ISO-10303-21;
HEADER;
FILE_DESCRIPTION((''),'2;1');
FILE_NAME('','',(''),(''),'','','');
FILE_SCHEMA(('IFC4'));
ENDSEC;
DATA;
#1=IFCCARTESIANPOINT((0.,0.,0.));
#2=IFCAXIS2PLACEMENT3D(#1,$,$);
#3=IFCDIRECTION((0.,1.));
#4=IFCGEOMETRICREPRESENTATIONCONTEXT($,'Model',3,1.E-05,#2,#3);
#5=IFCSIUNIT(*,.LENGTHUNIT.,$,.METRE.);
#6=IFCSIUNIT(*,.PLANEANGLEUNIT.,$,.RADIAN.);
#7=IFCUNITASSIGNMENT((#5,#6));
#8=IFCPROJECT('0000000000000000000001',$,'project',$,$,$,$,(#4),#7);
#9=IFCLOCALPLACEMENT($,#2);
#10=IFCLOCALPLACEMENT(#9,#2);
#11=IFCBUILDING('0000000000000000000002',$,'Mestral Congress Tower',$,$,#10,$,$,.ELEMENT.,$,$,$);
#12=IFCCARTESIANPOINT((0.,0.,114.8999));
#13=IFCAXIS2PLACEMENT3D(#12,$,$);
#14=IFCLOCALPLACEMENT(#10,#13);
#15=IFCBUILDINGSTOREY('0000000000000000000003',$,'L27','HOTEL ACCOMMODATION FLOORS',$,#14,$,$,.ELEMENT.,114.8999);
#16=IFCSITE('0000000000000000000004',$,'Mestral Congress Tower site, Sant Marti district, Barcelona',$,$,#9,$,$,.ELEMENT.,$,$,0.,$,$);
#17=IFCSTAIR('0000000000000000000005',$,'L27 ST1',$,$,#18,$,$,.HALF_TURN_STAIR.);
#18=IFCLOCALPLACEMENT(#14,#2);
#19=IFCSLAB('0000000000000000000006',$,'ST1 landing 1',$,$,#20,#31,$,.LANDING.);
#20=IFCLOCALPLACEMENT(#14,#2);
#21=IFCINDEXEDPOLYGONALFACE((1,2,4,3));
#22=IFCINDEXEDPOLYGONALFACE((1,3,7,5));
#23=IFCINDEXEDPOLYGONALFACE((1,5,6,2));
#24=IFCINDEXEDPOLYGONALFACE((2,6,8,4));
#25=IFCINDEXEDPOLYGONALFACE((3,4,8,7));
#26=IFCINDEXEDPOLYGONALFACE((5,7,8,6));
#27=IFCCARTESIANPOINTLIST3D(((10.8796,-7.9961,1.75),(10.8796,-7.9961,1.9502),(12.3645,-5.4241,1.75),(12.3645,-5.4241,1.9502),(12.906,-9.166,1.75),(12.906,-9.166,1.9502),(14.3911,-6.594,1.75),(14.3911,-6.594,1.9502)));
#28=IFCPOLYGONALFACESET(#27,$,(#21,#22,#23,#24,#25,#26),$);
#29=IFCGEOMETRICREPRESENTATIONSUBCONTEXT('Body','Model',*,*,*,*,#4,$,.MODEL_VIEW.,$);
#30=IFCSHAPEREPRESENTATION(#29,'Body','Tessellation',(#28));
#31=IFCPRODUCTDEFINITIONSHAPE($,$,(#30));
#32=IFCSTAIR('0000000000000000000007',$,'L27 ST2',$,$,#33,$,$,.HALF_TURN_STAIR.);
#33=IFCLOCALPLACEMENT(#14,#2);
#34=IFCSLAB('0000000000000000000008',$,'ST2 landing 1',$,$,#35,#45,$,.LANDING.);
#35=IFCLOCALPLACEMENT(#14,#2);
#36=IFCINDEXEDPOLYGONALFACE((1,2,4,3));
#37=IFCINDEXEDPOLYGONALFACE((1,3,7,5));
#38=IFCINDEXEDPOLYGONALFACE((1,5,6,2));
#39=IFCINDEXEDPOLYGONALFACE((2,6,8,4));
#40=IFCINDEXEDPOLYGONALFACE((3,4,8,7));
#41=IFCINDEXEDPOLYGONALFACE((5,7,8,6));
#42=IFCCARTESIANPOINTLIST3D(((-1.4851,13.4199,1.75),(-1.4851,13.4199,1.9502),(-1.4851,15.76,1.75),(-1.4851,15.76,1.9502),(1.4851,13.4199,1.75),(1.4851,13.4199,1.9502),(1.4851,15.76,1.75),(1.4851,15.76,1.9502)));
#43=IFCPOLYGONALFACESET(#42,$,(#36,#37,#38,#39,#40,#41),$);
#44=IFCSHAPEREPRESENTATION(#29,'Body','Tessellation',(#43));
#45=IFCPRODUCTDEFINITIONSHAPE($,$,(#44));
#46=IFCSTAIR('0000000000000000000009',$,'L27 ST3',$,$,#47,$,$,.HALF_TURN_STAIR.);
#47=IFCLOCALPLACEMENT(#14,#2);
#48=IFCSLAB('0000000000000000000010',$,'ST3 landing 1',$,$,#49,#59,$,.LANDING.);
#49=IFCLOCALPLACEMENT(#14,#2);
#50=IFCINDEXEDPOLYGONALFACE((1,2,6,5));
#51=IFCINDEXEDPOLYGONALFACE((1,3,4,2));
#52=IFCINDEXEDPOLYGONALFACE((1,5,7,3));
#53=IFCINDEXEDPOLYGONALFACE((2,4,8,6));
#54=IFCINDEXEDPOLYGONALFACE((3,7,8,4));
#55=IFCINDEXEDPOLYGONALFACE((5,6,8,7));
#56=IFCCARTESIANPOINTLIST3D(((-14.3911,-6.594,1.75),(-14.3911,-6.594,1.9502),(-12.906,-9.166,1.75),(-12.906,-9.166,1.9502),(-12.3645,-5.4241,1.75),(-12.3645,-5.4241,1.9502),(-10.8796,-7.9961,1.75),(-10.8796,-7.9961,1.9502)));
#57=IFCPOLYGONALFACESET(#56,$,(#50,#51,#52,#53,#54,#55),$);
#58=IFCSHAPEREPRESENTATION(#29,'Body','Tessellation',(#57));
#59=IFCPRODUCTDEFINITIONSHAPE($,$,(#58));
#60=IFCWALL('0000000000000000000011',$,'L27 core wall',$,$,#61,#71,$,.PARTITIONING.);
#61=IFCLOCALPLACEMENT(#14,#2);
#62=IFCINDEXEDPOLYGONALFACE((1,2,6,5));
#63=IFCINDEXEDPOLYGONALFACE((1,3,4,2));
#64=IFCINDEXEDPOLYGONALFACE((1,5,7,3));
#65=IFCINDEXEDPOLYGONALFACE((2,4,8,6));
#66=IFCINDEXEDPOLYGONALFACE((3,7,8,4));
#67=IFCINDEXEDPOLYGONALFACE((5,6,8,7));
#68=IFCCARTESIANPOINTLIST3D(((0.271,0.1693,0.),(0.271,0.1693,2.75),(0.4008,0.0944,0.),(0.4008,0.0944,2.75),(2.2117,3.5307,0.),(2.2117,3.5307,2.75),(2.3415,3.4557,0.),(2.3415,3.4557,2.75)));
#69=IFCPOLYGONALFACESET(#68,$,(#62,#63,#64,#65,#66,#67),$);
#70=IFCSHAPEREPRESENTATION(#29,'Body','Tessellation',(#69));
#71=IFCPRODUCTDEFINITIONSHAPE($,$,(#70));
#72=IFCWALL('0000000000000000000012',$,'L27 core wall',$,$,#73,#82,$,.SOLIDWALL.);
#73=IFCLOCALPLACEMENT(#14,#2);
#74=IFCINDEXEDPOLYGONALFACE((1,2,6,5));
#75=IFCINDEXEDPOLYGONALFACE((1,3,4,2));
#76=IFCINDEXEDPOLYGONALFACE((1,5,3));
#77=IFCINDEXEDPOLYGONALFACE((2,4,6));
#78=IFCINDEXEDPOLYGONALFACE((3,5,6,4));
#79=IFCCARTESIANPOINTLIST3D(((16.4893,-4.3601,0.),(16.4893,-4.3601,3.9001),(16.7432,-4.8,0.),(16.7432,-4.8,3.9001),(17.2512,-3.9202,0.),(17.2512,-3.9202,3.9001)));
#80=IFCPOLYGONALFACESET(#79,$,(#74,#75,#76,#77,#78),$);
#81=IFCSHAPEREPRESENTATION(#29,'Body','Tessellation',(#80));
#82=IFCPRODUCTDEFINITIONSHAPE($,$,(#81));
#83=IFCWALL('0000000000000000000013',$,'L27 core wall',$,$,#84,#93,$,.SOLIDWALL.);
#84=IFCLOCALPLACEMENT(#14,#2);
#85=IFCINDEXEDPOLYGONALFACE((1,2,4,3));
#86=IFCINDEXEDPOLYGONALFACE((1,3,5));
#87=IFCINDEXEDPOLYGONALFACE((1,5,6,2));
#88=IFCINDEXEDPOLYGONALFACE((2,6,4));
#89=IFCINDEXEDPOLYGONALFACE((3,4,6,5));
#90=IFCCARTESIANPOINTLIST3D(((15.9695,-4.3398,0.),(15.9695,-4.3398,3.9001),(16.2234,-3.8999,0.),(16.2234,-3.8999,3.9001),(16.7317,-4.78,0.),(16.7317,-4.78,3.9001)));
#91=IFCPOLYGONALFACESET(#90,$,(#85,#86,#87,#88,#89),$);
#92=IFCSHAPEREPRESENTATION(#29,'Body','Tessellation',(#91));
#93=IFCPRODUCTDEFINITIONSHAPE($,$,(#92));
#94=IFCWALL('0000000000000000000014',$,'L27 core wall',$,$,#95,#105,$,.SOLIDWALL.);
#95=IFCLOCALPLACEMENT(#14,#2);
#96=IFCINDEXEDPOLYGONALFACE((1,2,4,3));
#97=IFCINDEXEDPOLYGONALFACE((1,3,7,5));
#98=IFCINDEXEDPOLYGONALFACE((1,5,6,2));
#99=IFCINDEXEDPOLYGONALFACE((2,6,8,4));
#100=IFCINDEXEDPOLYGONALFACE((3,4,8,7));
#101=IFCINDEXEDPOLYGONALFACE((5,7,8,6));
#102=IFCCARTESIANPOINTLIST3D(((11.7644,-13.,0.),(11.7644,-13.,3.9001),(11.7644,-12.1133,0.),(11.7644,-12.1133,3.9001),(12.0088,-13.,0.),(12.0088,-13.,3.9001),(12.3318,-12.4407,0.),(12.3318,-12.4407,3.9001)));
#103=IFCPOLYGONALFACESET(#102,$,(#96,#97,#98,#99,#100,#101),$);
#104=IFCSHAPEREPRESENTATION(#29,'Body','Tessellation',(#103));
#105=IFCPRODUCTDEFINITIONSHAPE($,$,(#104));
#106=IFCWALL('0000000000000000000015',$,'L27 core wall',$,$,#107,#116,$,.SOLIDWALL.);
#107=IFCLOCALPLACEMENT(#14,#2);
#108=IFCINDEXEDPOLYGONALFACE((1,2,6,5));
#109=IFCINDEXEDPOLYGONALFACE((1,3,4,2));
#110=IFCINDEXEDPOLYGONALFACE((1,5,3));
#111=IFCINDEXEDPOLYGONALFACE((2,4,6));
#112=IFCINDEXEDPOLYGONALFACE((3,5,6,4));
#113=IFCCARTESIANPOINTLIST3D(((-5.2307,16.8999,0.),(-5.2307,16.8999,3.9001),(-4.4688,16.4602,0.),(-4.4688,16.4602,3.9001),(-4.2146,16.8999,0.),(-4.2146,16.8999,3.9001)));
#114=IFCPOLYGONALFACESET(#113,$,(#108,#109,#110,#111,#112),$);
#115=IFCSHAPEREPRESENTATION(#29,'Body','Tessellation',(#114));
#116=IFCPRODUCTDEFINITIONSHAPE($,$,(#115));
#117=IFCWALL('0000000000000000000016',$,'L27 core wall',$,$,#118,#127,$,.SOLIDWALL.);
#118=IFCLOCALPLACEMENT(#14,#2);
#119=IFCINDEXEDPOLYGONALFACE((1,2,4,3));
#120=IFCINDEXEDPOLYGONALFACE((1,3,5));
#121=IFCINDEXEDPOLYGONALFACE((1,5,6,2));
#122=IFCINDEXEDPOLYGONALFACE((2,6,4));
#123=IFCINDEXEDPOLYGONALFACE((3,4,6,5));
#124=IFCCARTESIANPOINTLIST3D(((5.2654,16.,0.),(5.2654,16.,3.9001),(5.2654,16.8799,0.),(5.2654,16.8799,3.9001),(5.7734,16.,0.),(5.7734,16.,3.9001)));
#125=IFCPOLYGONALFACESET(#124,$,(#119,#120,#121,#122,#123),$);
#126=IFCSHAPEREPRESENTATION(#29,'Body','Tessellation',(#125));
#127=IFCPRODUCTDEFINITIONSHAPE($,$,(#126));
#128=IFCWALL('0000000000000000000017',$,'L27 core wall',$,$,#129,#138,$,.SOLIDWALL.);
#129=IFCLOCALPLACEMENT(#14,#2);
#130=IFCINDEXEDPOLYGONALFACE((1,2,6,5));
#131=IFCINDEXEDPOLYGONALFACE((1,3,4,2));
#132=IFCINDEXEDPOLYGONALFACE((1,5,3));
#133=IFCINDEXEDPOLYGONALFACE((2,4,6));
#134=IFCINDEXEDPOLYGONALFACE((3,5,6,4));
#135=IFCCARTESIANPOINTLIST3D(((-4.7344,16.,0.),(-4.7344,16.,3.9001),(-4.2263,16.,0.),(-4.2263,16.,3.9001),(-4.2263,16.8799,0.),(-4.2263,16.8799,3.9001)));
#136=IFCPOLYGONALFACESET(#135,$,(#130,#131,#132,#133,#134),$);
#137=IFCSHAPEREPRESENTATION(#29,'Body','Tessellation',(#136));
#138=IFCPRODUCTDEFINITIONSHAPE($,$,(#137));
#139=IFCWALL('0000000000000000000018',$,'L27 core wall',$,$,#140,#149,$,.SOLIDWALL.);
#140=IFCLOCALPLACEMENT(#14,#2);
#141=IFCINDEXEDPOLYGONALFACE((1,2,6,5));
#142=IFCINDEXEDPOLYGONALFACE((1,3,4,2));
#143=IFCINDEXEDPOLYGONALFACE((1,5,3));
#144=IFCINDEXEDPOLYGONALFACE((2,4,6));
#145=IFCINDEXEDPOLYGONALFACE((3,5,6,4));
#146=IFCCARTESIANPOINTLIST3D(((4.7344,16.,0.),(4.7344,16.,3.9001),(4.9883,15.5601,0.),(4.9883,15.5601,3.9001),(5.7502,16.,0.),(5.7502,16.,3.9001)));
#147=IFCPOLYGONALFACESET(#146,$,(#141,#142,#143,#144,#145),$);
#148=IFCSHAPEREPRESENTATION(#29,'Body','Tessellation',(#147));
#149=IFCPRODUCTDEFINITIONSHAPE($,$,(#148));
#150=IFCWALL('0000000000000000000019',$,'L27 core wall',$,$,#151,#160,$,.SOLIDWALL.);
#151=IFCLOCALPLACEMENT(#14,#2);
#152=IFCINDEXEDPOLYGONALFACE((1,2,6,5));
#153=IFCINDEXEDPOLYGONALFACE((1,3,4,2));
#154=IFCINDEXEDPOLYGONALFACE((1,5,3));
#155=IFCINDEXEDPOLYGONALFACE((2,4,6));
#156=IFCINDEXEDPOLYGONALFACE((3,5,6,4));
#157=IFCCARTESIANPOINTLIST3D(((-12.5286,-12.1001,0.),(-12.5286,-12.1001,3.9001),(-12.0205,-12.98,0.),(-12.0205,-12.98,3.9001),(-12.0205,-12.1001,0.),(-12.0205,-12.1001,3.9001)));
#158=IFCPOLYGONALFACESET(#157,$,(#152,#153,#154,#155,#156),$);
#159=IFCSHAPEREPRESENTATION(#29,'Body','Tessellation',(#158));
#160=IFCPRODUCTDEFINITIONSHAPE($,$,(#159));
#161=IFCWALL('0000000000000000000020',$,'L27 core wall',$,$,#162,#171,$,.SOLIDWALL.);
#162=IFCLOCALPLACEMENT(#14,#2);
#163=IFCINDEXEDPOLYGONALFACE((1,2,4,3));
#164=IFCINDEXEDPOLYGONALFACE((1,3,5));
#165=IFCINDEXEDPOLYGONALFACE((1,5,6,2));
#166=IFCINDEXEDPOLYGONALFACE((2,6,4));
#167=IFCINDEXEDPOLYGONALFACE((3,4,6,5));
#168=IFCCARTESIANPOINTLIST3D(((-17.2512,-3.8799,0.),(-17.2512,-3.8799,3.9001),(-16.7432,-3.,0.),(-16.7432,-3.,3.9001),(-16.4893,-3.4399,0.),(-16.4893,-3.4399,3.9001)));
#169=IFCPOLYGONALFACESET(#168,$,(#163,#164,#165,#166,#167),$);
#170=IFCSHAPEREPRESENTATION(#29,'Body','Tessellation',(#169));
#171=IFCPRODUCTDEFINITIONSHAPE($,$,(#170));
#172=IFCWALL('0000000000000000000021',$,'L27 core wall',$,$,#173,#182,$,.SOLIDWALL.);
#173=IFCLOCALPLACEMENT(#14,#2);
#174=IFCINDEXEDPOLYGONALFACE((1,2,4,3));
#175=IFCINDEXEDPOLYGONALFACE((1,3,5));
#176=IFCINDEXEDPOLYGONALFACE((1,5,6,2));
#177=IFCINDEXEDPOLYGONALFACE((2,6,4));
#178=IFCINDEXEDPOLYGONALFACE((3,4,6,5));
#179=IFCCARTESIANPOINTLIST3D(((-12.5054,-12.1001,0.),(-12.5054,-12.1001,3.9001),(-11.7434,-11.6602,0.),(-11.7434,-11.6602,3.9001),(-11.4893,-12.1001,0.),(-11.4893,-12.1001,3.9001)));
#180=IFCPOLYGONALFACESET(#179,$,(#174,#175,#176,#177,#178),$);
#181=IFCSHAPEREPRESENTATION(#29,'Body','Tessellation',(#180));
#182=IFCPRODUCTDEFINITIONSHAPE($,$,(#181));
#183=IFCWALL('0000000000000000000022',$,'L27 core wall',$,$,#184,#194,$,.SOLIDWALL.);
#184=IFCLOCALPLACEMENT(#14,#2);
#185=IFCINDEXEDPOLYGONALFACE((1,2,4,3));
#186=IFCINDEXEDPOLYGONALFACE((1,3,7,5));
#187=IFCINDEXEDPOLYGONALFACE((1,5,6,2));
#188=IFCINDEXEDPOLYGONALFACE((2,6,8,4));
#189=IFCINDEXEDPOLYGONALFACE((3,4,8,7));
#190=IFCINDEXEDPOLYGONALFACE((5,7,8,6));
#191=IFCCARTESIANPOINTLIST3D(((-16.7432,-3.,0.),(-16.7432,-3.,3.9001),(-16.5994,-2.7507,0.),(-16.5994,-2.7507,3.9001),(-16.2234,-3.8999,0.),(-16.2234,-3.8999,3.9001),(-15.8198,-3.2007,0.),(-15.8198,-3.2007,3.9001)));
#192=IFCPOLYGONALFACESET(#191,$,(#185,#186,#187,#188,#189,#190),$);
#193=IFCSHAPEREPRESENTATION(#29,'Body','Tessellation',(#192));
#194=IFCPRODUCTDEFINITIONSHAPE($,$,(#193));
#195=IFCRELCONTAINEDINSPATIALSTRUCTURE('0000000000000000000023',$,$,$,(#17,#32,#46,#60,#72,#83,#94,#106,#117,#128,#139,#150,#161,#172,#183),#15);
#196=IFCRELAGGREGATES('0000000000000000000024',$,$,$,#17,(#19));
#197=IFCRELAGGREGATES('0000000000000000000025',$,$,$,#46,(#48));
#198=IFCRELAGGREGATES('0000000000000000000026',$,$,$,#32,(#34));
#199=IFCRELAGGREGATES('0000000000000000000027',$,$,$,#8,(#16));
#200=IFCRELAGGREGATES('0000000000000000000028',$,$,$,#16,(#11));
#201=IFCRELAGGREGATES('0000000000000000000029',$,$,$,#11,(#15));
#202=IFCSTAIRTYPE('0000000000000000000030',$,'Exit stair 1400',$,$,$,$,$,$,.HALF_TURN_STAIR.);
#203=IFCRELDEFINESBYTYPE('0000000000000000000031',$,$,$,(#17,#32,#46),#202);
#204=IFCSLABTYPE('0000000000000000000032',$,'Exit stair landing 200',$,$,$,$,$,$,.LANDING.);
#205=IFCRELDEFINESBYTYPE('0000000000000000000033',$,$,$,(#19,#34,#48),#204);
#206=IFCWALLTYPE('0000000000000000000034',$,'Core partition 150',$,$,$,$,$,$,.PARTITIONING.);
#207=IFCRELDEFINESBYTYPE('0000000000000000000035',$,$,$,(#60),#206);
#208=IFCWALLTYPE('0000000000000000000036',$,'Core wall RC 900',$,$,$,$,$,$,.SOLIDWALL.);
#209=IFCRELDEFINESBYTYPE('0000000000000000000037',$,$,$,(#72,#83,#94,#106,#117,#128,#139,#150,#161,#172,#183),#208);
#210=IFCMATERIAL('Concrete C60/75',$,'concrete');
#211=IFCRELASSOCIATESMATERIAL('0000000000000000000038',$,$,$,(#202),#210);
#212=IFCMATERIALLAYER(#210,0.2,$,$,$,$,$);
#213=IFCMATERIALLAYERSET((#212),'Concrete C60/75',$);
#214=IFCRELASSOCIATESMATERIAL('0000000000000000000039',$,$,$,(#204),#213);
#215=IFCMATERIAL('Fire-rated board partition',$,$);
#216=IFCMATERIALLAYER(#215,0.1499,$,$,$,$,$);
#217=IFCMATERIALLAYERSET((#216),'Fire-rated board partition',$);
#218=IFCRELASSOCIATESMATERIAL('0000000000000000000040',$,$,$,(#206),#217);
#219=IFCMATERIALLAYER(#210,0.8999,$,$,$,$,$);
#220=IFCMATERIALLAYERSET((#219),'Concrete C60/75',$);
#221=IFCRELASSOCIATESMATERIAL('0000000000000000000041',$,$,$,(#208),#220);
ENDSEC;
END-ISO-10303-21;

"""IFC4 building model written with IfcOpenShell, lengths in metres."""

from ifc_helpers import new_model, si_unit, direction, frame, frame_2d, origin, place, context, subcontext, project, spatial, polyline, rectangle, outline, extrude, material, layer, layer_set, type_object, element, aggregate, save


model = new_model("IFC4")

# Units and contexts
model_context = context("Model", 3, precision=1e-05, world=origin(), true_north=direction((0.0, 1.0)))
body_context = subcontext(model_context, "Body", "Model", "MODEL_VIEW")
ifc_project = project(units=[si_unit("LENGTHUNIT", "METRE"), si_unit("PLANEANGLEUNIT", "RADIAN")], contexts=[model_context])

# Site, building, storey
site_placement = place(None, origin())
site = spatial("IfcSite", under=ifc_project, at=site_placement, Name="Mestral Congress Tower site, Sant Marti district, Barcelona", CompositionType="ELEMENT", RefElevation=0.0)
building_placement = place(site_placement, origin())
building = spatial("IfcBuilding", under=site, at=building_placement, Name="Mestral Congress Tower", CompositionType="ELEMENT")
storey_placement = place(building_placement, frame((0.0, 0.0, 114.8999)))
storey = spatial("IfcBuildingStorey", under=building, at=storey_placement, Name="L27", Description="HOTEL ACCOMMODATION FLOORS", CompositionType="ELEMENT", Elevation=114.8999)

# Shared definitions
ifc_material_1 = material(Name="Concrete C60/75", Category="concrete")

# Stairs, slabs
stair_type = type_object("IfcStairType", Name="Exit stair 1400", PredefinedType="HALF_TURN_STAIR", material=ifc_material_1)
placement_1 = place(storey_placement, origin())
stair_1 = element("IfcStair", 1, at=placement_1, inside=storey, type_object=stair_type, Name="L27 ST1", PredefinedType="HALF_TURN_STAIR")
ifc_layer_1 = layer(ifc_material_1, 0.2)
ifc_layer_set_1 = layer_set([ifc_layer_1], Name="Concrete C60/75")
slab_type_1 = type_object("IfcSlabType", Name="Exit stair landing 200", PredefinedType="LANDING", material=ifc_layer_set_1)
placement_2 = place(storey_placement, frame((0.0, 0.0, 1.75)))
slab_1 = element("IfcSlab", 2, at=placement_2, type_object=slab_type_1, Name="ST1 landing 1", PredefinedType="LANDING", context=body_context, shape_type="SweptSolid", body=[
    extrude(outline(polyline([(10.8796, -7.9961), (12.3645, -5.4241), (14.3911, -6.594), (12.906, -9.166), (10.8796, -7.9961)])), origin(), (0.0, 0.0, 1.0), 0.2002),
])
aggregate(stair_1, [slab_1])
stair_2 = element("IfcStair", 3, at=placement_1, inside=storey, type_object=stair_type, Name="L27 ST2", PredefinedType="HALF_TURN_STAIR")
slab_2 = element("IfcSlab", 4, at=placement_2, type_object=slab_type_1, Name="ST2 landing 1", PredefinedType="LANDING", context=body_context, shape_type="SweptSolid", body=[
    extrude(outline(polyline([(1.4851, 13.4199), (-1.4851, 13.4199), (-1.4851, 15.76), (1.4851, 15.76), (1.4851, 13.4199)])), origin(), (0.0, 0.0, 1.0), 0.2002),
])
stair_3 = element("IfcStair", 5, at=placement_1, inside=storey, type_object=stair_type, Name="L27 ST3", PredefinedType="HALF_TURN_STAIR")
slab_3 = element("IfcSlab", 6, at=placement_2, type_object=slab_type_1, Name="ST3 landing 1", PredefinedType="LANDING", context=body_context, shape_type="SweptSolid", body=[
    extrude(outline(polyline([(-12.3645, -5.4241), (-10.8796, -7.9961), (-12.906, -9.166), (-14.3911, -6.594), (-12.3645, -5.4241)])), origin(), (0.0, 0.0, 1.0), 0.2002),
])
aggregate(stair_3, [slab_3])

# Walls
ifc_material_2 = material(Name="Fire-rated board partition")
ifc_layer_2 = layer(ifc_material_2, 0.1499)
ifc_layer_set_2 = layer_set([ifc_layer_2], Name="Fire-rated board partition")
wall_type_1 = type_object("IfcWallType", Name="Core partition 150", PredefinedType="PARTITIONING", material=ifc_layer_set_2)
wall_1_placement = place(storey_placement, frame((0.3359, 0.1318, 0.0), z_axis=(0.0, 0.0, 1.0), x_axis=(0.500002, 0.866024, 0.0)))
element("IfcWall", 7, at=wall_1_placement, inside=storey, type_object=wall_type_1, Name="L27 core wall", PredefinedType="PARTITIONING", context=body_context, shape_type="SweptSolid", body=[
    extrude(rectangle(XDim=3.8813, YDim=0.1499, at=frame_2d((1.9407, 0.0))), origin(), (0.0, 0.0, 1.0), 2.75),
])
ifc_layer_3 = layer(ifc_material_1, 0.8999)
ifc_layer_set_3 = layer_set([ifc_layer_3], Name="Concrete C60/75")
wall_type_2 = type_object("IfcWallType", Name="Core wall RC 900", PredefinedType="SOLIDWALL", material=ifc_layer_set_3)
element("IfcWall", 8, at=placement_1, inside=storey, type_object=wall_type_2, Name="L27 core wall", PredefinedType="SOLIDWALL", context=body_context, shape_type="SweptSolid", body=[
    extrude(outline(polyline([(16.7432, -4.8), (16.4893, -4.3601), (17.2512, -3.9202), (16.7432, -4.8)])), origin(), (0.0, 0.0, 1.0), 3.9001),
])
element("IfcWall", 9, at=placement_1, inside=storey, type_object=wall_type_2, Name="L27 core wall", PredefinedType="SOLIDWALL", context=body_context, shape_type="SweptSolid", body=[
    extrude(outline(polyline([(16.2234, -3.8999), (16.7317, -4.78), (15.9695, -4.3398), (16.2234, -3.8999)])), origin(), (0.0, 0.0, 1.0), 3.9001),
])
element("IfcWall", 10, at=placement_1, inside=storey, type_object=wall_type_2, Name="L27 core wall", PredefinedType="SOLIDWALL", context=body_context, shape_type="SweptSolid", body=[
    extrude(outline(polyline([(12.0088, -13.0), (11.7644, -13.0), (11.7644, -12.1133), (12.3318, -12.4407), (12.0088, -13.0)])), origin(), (0.0, 0.0, 1.0), 3.9001),
])
element("IfcWall", 11, at=placement_1, inside=storey, type_object=wall_type_2, Name="L27 core wall", PredefinedType="SOLIDWALL", context=body_context, shape_type="SweptSolid", body=[
    extrude(outline(polyline([(-4.2146, 16.8999), (-4.4688, 16.4602), (-5.2307, 16.8999), (-4.2146, 16.8999)])), origin(), (0.0, 0.0, 1.0), 3.9001),
])
element("IfcWall", 12, at=placement_1, inside=storey, type_object=wall_type_2, Name="L27 core wall", PredefinedType="SOLIDWALL", context=body_context, shape_type="SweptSolid", body=[
    extrude(outline(polyline([(5.2654, 16.0), (5.2654, 16.8799), (5.7734, 16.0), (5.2654, 16.0)])), origin(), (0.0, 0.0, 1.0), 3.9001),
])
element("IfcWall", 13, at=placement_1, inside=storey, type_object=wall_type_2, Name="L27 core wall", PredefinedType="SOLIDWALL", context=body_context, shape_type="SweptSolid", body=[
    extrude(outline(polyline([(-4.7344, 16.0), (-4.2263, 16.8799), (-4.2263, 16.0), (-4.7344, 16.0)])), origin(), (0.0, 0.0, 1.0), 3.9001),
])
element("IfcWall", 14, at=placement_1, inside=storey, type_object=wall_type_2, Name="L27 core wall", PredefinedType="SOLIDWALL", context=body_context, shape_type="SweptSolid", body=[
    extrude(outline(polyline([(4.7344, 16.0), (5.7502, 16.0), (4.9883, 15.5601), (4.7344, 16.0)])), origin(), (0.0, 0.0, 1.0), 3.9001),
])
element("IfcWall", 15, at=placement_1, inside=storey, type_object=wall_type_2, Name="L27 core wall", PredefinedType="SOLIDWALL", context=body_context, shape_type="SweptSolid", body=[
    extrude(outline(polyline([(-12.5286, -12.1001), (-12.0205, -12.1001), (-12.0205, -12.98), (-12.5286, -12.1001)])), origin(), (0.0, 0.0, 1.0), 3.9001),
])
element("IfcWall", 16, at=placement_1, inside=storey, type_object=wall_type_2, Name="L27 core wall", PredefinedType="SOLIDWALL", context=body_context, shape_type="SweptSolid", body=[
    extrude(outline(polyline([(-16.4893, -3.4399), (-17.2512, -3.8799), (-16.7432, -3.0), (-16.4893, -3.4399)])), origin(), (0.0, 0.0, 1.0), 3.9001),
])
element("IfcWall", 17, at=placement_1, inside=storey, type_object=wall_type_2, Name="L27 core wall", PredefinedType="SOLIDWALL", context=body_context, shape_type="SweptSolid", body=[
    extrude(outline(polyline([(-11.4893, -12.1001), (-12.5054, -12.1001), (-11.7434, -11.6602), (-11.4893, -12.1001)])), origin(), (0.0, 0.0, 1.0), 3.9001),
])
element("IfcWall", 18, at=placement_1, inside=storey, type_object=wall_type_2, Name="L27 core wall", PredefinedType="SOLIDWALL", context=body_context, shape_type="SweptSolid", body=[
    extrude(outline(polyline([(-15.8198, -3.2007), (-16.2234, -3.8999), (-16.7432, -3.0), (-16.5994, -2.7507), (-15.8198, -3.2007)])), origin(), (0.0, 0.0, 1.0), 3.9001),
])

aggregate(stair_2, [slab_2])

save(model, "model.ifc")
